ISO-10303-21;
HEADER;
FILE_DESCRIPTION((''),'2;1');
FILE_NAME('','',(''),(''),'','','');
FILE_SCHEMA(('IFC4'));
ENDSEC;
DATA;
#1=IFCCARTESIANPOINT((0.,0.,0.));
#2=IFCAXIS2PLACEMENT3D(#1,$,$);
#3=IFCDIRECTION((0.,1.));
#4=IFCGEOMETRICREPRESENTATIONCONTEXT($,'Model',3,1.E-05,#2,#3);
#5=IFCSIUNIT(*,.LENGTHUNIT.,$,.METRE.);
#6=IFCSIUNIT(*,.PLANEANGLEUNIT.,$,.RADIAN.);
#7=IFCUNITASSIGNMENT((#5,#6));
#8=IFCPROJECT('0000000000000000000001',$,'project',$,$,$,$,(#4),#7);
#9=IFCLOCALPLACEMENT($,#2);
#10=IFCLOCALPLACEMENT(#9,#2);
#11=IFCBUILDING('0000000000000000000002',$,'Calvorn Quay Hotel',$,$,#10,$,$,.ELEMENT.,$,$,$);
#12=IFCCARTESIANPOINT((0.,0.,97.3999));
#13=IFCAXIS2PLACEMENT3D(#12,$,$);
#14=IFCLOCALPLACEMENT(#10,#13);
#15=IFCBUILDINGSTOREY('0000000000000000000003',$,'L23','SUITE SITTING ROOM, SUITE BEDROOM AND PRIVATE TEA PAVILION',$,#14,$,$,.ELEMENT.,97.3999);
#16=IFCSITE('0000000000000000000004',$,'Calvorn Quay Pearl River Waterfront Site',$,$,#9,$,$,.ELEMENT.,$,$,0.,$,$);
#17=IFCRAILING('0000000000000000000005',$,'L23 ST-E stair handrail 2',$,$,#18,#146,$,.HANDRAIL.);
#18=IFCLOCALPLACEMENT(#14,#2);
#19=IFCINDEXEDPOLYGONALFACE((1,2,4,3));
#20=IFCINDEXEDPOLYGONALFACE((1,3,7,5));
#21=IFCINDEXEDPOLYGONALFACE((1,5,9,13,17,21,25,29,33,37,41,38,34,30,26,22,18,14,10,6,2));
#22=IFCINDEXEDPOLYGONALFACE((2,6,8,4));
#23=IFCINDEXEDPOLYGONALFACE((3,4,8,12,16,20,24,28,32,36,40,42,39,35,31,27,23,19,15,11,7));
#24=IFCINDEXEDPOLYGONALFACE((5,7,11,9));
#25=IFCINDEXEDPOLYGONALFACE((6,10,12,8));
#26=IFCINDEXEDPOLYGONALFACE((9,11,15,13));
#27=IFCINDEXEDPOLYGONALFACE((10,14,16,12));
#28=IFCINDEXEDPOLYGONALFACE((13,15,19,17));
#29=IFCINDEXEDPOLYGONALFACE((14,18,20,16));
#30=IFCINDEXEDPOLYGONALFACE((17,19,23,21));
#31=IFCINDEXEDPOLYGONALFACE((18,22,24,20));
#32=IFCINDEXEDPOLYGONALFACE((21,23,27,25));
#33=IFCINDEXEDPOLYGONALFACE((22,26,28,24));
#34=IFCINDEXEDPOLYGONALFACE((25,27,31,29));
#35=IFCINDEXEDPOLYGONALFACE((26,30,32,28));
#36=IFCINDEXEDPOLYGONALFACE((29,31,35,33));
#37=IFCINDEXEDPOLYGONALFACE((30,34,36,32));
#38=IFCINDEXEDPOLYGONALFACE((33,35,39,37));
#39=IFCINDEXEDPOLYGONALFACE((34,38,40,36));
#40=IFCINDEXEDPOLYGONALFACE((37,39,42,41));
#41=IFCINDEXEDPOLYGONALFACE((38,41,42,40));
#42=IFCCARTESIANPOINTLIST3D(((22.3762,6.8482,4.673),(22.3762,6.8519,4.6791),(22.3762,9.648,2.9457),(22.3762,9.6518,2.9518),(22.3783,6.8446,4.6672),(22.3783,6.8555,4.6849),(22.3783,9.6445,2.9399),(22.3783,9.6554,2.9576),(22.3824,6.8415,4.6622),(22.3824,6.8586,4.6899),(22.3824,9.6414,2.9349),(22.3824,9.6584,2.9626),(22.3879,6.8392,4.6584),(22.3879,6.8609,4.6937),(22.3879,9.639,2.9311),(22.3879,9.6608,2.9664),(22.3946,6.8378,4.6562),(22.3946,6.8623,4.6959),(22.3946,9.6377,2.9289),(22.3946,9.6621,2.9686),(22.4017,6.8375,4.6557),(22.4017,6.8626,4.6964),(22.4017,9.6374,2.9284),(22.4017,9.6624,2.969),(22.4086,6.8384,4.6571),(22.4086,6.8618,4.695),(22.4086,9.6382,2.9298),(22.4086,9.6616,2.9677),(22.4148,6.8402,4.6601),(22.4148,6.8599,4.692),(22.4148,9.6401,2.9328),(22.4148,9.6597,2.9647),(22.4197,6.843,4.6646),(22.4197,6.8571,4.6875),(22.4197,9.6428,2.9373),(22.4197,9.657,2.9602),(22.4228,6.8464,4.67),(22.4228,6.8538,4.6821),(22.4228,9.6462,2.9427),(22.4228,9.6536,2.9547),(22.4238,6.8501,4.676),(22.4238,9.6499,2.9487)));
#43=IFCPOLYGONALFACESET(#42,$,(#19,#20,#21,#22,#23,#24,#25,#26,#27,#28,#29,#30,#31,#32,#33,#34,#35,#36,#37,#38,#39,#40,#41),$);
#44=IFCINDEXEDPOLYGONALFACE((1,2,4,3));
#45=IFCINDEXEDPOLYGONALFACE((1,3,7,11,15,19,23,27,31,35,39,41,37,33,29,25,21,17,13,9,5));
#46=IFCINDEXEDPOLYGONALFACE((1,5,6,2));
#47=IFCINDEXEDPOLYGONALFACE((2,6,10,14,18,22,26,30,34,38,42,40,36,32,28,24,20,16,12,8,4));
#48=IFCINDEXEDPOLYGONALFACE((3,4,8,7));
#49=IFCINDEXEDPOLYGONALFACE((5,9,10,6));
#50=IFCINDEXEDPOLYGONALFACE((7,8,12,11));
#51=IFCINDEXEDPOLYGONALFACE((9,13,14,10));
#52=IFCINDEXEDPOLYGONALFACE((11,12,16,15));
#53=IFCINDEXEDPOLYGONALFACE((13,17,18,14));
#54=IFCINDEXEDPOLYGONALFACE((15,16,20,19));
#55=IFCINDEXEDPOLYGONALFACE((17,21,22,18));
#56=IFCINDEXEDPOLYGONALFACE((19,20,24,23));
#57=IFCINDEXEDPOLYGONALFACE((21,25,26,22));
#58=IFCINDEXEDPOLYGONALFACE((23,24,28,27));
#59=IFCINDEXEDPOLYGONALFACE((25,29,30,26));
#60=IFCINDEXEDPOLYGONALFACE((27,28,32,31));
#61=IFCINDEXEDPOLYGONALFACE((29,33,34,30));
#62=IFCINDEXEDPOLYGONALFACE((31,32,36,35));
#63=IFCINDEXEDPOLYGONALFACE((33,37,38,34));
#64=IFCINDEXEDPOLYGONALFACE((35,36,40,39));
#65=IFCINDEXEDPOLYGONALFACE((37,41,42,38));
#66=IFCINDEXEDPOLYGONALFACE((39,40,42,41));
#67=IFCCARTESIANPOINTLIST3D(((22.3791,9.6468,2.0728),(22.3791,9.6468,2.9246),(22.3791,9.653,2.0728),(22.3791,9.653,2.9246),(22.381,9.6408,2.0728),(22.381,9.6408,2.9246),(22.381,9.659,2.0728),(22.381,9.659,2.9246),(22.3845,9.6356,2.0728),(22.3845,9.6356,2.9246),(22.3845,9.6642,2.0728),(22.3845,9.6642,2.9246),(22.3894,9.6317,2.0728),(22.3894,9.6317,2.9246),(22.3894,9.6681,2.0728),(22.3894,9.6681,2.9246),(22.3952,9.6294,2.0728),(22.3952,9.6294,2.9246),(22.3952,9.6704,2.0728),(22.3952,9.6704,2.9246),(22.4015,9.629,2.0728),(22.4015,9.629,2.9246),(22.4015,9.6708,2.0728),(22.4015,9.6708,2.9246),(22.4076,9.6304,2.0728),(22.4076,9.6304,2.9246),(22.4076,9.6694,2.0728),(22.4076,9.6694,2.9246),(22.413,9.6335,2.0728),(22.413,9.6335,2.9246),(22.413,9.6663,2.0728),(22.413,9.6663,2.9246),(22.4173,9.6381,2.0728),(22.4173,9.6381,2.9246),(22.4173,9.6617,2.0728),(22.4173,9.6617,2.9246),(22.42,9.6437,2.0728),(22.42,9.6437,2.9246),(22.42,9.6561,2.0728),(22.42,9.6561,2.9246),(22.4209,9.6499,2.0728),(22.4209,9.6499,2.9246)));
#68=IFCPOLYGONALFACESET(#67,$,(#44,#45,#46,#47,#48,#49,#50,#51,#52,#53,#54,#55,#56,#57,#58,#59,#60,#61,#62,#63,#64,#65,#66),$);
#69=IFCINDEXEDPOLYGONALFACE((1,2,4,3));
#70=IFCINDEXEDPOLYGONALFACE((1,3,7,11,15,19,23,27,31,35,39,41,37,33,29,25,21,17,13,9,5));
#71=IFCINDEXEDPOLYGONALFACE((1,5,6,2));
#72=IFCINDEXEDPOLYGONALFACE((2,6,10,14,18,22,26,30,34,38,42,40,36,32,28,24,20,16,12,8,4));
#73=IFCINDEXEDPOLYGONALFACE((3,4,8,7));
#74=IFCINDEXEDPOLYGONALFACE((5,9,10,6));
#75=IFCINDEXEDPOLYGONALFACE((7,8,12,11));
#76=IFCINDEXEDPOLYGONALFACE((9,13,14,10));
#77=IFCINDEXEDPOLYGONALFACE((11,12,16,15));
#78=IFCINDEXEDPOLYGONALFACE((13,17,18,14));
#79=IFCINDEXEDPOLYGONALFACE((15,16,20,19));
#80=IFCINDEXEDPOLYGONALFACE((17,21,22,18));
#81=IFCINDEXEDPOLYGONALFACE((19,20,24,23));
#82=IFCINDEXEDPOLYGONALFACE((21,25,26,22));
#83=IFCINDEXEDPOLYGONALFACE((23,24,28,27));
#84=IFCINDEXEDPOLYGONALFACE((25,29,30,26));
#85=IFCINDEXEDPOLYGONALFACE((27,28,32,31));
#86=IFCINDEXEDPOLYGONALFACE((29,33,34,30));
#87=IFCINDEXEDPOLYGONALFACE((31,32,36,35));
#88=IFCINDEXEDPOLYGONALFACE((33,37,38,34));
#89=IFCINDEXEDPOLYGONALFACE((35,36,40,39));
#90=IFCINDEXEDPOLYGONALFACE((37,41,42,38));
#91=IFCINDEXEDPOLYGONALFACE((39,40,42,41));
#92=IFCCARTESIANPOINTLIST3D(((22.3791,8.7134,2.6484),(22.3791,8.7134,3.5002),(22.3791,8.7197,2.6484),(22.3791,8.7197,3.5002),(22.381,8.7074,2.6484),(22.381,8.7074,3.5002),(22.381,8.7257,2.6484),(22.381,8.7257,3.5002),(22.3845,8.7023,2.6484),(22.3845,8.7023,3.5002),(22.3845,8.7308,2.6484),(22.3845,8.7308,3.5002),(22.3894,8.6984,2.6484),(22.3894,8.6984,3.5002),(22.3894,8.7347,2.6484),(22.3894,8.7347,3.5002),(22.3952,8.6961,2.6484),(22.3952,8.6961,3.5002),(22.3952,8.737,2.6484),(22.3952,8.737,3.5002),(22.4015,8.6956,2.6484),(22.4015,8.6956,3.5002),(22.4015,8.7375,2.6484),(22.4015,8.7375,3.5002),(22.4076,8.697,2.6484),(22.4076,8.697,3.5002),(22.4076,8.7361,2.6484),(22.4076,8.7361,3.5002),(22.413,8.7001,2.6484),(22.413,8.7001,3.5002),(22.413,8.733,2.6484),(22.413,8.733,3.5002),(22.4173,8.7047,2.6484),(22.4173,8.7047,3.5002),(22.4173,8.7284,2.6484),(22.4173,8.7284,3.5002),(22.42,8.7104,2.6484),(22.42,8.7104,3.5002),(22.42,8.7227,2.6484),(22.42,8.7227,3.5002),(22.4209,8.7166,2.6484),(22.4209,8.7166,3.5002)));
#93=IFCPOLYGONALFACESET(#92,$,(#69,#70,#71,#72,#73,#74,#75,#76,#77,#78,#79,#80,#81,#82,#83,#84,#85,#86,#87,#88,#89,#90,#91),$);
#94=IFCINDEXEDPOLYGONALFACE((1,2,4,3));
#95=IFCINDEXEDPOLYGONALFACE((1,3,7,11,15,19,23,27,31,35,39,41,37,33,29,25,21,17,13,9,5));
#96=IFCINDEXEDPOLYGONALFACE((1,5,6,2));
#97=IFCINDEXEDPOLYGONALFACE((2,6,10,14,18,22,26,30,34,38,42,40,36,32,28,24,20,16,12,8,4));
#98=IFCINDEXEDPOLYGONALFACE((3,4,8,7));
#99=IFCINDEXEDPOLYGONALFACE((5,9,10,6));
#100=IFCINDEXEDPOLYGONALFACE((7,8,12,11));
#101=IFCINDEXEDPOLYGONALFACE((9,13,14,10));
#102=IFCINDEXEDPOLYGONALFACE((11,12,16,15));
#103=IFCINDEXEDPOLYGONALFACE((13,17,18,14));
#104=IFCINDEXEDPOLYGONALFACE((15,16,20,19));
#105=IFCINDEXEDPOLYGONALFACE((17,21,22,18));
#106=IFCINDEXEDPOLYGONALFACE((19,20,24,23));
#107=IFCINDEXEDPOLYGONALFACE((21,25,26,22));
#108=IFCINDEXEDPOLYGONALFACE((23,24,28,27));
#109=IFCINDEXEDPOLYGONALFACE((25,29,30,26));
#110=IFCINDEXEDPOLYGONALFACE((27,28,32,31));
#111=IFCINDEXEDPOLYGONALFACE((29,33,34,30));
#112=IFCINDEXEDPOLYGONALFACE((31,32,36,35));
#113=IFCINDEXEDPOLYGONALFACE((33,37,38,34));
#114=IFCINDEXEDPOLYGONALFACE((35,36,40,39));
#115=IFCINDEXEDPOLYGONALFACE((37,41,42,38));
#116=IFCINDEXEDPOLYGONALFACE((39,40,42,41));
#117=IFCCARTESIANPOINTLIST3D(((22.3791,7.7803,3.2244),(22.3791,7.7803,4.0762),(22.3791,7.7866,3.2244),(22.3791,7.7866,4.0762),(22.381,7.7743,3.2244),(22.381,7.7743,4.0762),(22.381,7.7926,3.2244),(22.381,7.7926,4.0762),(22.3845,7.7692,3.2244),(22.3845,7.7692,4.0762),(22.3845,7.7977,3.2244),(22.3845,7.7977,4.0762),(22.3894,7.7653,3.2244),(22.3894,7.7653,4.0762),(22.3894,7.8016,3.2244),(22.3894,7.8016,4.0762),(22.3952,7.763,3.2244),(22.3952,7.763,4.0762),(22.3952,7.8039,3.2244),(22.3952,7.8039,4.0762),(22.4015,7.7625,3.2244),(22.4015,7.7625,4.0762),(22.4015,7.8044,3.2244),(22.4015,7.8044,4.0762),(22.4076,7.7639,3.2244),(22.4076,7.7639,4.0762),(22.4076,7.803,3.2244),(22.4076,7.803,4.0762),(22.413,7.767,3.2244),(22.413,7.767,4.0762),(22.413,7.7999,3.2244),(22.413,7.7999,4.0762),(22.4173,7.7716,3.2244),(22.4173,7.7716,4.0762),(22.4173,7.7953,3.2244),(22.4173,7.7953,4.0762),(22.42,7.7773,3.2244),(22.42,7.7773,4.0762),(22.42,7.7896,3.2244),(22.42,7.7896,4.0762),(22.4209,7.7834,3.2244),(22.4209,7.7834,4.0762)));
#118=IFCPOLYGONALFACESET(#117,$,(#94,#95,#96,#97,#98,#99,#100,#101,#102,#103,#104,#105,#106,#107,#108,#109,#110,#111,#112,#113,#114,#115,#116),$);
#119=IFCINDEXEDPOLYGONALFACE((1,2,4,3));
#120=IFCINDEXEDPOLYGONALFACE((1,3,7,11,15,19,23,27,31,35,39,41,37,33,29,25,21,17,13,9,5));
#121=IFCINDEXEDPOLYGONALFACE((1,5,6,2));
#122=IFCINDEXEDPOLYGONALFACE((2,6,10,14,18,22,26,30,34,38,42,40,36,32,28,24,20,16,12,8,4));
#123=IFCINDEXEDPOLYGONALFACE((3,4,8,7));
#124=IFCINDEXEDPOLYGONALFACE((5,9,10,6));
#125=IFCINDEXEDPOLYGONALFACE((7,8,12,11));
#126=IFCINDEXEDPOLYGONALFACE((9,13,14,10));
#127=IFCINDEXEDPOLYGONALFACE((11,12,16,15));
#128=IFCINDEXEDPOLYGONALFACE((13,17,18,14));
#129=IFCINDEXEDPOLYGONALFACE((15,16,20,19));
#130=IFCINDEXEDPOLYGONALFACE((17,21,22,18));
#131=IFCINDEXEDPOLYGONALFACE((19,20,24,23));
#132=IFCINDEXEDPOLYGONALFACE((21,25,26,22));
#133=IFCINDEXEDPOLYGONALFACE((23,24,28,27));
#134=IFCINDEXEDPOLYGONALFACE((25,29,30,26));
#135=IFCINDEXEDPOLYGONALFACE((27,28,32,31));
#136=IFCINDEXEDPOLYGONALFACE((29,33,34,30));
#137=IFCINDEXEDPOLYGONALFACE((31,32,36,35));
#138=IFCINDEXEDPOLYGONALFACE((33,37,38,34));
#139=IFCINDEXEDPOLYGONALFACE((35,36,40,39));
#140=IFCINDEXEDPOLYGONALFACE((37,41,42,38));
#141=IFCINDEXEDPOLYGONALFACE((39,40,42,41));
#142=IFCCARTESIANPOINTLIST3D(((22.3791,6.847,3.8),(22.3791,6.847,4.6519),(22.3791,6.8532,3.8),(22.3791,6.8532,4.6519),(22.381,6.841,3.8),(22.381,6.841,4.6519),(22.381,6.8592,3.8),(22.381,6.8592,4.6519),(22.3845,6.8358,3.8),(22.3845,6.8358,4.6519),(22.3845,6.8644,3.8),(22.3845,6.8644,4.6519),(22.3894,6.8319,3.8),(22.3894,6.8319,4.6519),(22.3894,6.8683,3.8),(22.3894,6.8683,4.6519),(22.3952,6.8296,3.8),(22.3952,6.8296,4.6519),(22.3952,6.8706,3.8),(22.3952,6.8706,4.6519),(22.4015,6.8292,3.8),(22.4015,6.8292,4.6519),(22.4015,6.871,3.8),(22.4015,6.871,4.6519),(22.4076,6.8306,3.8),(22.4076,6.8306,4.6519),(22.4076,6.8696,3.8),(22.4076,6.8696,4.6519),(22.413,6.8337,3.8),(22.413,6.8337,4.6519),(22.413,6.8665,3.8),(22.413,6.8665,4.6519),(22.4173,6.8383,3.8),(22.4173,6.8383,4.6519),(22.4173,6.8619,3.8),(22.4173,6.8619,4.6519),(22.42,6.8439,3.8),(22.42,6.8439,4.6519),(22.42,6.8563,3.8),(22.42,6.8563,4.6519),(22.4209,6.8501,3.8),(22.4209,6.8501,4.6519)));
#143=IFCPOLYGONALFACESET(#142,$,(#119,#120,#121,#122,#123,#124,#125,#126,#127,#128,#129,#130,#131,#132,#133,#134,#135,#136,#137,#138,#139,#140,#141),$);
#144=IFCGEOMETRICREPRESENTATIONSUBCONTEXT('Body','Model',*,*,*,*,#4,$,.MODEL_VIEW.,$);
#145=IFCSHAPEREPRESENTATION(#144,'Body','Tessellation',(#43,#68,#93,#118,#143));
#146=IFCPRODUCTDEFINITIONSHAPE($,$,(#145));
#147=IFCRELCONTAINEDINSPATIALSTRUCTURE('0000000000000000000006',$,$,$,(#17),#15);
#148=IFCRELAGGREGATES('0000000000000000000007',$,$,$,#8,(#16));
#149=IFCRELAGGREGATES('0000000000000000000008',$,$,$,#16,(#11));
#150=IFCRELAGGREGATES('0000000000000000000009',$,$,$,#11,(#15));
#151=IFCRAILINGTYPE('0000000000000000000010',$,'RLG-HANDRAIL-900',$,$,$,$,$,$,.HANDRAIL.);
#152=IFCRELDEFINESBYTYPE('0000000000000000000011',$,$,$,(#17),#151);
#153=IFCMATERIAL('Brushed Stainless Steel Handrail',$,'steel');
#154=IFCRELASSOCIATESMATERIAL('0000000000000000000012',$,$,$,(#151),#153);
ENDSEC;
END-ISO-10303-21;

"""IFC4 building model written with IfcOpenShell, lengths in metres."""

from ifc_helpers import new_model, si_unit, direction, frame, origin, origin_2d, place, context, subcontext, project, spatial, circle, extrude, material, type_object, element, save


model = new_model("IFC4")

# Units and contexts
model_context = context("Model", 3, precision=1e-05, world=origin(), true_north=direction((0.0, 1.0)))
body_context = subcontext(model_context, "Body", "Model", "MODEL_VIEW")
ifc_project = project(units=[si_unit("LENGTHUNIT", "METRE"), si_unit("PLANEANGLEUNIT", "RADIAN")], contexts=[model_context])

# Site, building, storey
site_placement = place(None, origin())
site = spatial("IfcSite", under=ifc_project, at=site_placement, Name="Calvorn Quay Pearl River Waterfront Site", CompositionType="ELEMENT", RefElevation=0.0)
building_placement = place(site_placement, origin())
building = spatial("IfcBuilding", under=site, at=building_placement, Name="Calvorn Quay Hotel", CompositionType="ELEMENT")
storey_placement = place(building_placement, frame((0.0, 0.0, 97.3999)))
storey = spatial("IfcBuildingStorey", under=building, at=storey_placement, Name="L23", Description="SUITE SITTING ROOM, SUITE BEDROOM AND PRIVATE TEA PAVILION", CompositionType="ELEMENT", Elevation=97.3999)

# Railing
ifc_material_1 = material(Name="Brushed Stainless Steel Handrail", Category="steel")
railing_type_1 = type_object("IfcRailingType", Name="RLG-HANDRAIL-900", PredefinedType="HANDRAIL", material=ifc_material_1)
railing_1_placement = place(storey_placement, frame((22.3999, 9.6499, 2.0728)))
element("IfcRailing", 1, at=railing_1_placement, inside=storey, type_object=railing_type_1, Name="L23 ST-E stair handrail 2", PredefinedType="HANDRAIL", context=body_context, shape_type="SweptSolid", body=[
    extrude(circle(Radius=0.0239, at=origin_2d()), frame((0.0, 0.0, 0.876), z_axis=(0.0, -0.851069, 0.525054), x_axis=(1.0, 0.0, 0.0)), (0.0, 0.0, 1.0), 3.2898),
    extrude(circle(Radius=0.021, at=origin_2d()), origin(), (0.0, 0.0, 1.0), 0.8518),
    extrude(circle(Radius=0.021, at=origin_2d()), frame((0.0, -0.9333, 0.5757)), (0.0, 0.0, 1.0), 0.8518),
    extrude(circle(Radius=0.021, at=origin_2d()), frame((0.0, -1.8665, 1.1516)), (0.0, 0.0, 1.0), 0.8518),
    extrude(circle(Radius=0.021, at=origin_2d()), frame((0.0, -2.7998, 1.7273)), (0.0, 0.0, 1.0), 0.8518),
])

save(model, "model.ifc")
